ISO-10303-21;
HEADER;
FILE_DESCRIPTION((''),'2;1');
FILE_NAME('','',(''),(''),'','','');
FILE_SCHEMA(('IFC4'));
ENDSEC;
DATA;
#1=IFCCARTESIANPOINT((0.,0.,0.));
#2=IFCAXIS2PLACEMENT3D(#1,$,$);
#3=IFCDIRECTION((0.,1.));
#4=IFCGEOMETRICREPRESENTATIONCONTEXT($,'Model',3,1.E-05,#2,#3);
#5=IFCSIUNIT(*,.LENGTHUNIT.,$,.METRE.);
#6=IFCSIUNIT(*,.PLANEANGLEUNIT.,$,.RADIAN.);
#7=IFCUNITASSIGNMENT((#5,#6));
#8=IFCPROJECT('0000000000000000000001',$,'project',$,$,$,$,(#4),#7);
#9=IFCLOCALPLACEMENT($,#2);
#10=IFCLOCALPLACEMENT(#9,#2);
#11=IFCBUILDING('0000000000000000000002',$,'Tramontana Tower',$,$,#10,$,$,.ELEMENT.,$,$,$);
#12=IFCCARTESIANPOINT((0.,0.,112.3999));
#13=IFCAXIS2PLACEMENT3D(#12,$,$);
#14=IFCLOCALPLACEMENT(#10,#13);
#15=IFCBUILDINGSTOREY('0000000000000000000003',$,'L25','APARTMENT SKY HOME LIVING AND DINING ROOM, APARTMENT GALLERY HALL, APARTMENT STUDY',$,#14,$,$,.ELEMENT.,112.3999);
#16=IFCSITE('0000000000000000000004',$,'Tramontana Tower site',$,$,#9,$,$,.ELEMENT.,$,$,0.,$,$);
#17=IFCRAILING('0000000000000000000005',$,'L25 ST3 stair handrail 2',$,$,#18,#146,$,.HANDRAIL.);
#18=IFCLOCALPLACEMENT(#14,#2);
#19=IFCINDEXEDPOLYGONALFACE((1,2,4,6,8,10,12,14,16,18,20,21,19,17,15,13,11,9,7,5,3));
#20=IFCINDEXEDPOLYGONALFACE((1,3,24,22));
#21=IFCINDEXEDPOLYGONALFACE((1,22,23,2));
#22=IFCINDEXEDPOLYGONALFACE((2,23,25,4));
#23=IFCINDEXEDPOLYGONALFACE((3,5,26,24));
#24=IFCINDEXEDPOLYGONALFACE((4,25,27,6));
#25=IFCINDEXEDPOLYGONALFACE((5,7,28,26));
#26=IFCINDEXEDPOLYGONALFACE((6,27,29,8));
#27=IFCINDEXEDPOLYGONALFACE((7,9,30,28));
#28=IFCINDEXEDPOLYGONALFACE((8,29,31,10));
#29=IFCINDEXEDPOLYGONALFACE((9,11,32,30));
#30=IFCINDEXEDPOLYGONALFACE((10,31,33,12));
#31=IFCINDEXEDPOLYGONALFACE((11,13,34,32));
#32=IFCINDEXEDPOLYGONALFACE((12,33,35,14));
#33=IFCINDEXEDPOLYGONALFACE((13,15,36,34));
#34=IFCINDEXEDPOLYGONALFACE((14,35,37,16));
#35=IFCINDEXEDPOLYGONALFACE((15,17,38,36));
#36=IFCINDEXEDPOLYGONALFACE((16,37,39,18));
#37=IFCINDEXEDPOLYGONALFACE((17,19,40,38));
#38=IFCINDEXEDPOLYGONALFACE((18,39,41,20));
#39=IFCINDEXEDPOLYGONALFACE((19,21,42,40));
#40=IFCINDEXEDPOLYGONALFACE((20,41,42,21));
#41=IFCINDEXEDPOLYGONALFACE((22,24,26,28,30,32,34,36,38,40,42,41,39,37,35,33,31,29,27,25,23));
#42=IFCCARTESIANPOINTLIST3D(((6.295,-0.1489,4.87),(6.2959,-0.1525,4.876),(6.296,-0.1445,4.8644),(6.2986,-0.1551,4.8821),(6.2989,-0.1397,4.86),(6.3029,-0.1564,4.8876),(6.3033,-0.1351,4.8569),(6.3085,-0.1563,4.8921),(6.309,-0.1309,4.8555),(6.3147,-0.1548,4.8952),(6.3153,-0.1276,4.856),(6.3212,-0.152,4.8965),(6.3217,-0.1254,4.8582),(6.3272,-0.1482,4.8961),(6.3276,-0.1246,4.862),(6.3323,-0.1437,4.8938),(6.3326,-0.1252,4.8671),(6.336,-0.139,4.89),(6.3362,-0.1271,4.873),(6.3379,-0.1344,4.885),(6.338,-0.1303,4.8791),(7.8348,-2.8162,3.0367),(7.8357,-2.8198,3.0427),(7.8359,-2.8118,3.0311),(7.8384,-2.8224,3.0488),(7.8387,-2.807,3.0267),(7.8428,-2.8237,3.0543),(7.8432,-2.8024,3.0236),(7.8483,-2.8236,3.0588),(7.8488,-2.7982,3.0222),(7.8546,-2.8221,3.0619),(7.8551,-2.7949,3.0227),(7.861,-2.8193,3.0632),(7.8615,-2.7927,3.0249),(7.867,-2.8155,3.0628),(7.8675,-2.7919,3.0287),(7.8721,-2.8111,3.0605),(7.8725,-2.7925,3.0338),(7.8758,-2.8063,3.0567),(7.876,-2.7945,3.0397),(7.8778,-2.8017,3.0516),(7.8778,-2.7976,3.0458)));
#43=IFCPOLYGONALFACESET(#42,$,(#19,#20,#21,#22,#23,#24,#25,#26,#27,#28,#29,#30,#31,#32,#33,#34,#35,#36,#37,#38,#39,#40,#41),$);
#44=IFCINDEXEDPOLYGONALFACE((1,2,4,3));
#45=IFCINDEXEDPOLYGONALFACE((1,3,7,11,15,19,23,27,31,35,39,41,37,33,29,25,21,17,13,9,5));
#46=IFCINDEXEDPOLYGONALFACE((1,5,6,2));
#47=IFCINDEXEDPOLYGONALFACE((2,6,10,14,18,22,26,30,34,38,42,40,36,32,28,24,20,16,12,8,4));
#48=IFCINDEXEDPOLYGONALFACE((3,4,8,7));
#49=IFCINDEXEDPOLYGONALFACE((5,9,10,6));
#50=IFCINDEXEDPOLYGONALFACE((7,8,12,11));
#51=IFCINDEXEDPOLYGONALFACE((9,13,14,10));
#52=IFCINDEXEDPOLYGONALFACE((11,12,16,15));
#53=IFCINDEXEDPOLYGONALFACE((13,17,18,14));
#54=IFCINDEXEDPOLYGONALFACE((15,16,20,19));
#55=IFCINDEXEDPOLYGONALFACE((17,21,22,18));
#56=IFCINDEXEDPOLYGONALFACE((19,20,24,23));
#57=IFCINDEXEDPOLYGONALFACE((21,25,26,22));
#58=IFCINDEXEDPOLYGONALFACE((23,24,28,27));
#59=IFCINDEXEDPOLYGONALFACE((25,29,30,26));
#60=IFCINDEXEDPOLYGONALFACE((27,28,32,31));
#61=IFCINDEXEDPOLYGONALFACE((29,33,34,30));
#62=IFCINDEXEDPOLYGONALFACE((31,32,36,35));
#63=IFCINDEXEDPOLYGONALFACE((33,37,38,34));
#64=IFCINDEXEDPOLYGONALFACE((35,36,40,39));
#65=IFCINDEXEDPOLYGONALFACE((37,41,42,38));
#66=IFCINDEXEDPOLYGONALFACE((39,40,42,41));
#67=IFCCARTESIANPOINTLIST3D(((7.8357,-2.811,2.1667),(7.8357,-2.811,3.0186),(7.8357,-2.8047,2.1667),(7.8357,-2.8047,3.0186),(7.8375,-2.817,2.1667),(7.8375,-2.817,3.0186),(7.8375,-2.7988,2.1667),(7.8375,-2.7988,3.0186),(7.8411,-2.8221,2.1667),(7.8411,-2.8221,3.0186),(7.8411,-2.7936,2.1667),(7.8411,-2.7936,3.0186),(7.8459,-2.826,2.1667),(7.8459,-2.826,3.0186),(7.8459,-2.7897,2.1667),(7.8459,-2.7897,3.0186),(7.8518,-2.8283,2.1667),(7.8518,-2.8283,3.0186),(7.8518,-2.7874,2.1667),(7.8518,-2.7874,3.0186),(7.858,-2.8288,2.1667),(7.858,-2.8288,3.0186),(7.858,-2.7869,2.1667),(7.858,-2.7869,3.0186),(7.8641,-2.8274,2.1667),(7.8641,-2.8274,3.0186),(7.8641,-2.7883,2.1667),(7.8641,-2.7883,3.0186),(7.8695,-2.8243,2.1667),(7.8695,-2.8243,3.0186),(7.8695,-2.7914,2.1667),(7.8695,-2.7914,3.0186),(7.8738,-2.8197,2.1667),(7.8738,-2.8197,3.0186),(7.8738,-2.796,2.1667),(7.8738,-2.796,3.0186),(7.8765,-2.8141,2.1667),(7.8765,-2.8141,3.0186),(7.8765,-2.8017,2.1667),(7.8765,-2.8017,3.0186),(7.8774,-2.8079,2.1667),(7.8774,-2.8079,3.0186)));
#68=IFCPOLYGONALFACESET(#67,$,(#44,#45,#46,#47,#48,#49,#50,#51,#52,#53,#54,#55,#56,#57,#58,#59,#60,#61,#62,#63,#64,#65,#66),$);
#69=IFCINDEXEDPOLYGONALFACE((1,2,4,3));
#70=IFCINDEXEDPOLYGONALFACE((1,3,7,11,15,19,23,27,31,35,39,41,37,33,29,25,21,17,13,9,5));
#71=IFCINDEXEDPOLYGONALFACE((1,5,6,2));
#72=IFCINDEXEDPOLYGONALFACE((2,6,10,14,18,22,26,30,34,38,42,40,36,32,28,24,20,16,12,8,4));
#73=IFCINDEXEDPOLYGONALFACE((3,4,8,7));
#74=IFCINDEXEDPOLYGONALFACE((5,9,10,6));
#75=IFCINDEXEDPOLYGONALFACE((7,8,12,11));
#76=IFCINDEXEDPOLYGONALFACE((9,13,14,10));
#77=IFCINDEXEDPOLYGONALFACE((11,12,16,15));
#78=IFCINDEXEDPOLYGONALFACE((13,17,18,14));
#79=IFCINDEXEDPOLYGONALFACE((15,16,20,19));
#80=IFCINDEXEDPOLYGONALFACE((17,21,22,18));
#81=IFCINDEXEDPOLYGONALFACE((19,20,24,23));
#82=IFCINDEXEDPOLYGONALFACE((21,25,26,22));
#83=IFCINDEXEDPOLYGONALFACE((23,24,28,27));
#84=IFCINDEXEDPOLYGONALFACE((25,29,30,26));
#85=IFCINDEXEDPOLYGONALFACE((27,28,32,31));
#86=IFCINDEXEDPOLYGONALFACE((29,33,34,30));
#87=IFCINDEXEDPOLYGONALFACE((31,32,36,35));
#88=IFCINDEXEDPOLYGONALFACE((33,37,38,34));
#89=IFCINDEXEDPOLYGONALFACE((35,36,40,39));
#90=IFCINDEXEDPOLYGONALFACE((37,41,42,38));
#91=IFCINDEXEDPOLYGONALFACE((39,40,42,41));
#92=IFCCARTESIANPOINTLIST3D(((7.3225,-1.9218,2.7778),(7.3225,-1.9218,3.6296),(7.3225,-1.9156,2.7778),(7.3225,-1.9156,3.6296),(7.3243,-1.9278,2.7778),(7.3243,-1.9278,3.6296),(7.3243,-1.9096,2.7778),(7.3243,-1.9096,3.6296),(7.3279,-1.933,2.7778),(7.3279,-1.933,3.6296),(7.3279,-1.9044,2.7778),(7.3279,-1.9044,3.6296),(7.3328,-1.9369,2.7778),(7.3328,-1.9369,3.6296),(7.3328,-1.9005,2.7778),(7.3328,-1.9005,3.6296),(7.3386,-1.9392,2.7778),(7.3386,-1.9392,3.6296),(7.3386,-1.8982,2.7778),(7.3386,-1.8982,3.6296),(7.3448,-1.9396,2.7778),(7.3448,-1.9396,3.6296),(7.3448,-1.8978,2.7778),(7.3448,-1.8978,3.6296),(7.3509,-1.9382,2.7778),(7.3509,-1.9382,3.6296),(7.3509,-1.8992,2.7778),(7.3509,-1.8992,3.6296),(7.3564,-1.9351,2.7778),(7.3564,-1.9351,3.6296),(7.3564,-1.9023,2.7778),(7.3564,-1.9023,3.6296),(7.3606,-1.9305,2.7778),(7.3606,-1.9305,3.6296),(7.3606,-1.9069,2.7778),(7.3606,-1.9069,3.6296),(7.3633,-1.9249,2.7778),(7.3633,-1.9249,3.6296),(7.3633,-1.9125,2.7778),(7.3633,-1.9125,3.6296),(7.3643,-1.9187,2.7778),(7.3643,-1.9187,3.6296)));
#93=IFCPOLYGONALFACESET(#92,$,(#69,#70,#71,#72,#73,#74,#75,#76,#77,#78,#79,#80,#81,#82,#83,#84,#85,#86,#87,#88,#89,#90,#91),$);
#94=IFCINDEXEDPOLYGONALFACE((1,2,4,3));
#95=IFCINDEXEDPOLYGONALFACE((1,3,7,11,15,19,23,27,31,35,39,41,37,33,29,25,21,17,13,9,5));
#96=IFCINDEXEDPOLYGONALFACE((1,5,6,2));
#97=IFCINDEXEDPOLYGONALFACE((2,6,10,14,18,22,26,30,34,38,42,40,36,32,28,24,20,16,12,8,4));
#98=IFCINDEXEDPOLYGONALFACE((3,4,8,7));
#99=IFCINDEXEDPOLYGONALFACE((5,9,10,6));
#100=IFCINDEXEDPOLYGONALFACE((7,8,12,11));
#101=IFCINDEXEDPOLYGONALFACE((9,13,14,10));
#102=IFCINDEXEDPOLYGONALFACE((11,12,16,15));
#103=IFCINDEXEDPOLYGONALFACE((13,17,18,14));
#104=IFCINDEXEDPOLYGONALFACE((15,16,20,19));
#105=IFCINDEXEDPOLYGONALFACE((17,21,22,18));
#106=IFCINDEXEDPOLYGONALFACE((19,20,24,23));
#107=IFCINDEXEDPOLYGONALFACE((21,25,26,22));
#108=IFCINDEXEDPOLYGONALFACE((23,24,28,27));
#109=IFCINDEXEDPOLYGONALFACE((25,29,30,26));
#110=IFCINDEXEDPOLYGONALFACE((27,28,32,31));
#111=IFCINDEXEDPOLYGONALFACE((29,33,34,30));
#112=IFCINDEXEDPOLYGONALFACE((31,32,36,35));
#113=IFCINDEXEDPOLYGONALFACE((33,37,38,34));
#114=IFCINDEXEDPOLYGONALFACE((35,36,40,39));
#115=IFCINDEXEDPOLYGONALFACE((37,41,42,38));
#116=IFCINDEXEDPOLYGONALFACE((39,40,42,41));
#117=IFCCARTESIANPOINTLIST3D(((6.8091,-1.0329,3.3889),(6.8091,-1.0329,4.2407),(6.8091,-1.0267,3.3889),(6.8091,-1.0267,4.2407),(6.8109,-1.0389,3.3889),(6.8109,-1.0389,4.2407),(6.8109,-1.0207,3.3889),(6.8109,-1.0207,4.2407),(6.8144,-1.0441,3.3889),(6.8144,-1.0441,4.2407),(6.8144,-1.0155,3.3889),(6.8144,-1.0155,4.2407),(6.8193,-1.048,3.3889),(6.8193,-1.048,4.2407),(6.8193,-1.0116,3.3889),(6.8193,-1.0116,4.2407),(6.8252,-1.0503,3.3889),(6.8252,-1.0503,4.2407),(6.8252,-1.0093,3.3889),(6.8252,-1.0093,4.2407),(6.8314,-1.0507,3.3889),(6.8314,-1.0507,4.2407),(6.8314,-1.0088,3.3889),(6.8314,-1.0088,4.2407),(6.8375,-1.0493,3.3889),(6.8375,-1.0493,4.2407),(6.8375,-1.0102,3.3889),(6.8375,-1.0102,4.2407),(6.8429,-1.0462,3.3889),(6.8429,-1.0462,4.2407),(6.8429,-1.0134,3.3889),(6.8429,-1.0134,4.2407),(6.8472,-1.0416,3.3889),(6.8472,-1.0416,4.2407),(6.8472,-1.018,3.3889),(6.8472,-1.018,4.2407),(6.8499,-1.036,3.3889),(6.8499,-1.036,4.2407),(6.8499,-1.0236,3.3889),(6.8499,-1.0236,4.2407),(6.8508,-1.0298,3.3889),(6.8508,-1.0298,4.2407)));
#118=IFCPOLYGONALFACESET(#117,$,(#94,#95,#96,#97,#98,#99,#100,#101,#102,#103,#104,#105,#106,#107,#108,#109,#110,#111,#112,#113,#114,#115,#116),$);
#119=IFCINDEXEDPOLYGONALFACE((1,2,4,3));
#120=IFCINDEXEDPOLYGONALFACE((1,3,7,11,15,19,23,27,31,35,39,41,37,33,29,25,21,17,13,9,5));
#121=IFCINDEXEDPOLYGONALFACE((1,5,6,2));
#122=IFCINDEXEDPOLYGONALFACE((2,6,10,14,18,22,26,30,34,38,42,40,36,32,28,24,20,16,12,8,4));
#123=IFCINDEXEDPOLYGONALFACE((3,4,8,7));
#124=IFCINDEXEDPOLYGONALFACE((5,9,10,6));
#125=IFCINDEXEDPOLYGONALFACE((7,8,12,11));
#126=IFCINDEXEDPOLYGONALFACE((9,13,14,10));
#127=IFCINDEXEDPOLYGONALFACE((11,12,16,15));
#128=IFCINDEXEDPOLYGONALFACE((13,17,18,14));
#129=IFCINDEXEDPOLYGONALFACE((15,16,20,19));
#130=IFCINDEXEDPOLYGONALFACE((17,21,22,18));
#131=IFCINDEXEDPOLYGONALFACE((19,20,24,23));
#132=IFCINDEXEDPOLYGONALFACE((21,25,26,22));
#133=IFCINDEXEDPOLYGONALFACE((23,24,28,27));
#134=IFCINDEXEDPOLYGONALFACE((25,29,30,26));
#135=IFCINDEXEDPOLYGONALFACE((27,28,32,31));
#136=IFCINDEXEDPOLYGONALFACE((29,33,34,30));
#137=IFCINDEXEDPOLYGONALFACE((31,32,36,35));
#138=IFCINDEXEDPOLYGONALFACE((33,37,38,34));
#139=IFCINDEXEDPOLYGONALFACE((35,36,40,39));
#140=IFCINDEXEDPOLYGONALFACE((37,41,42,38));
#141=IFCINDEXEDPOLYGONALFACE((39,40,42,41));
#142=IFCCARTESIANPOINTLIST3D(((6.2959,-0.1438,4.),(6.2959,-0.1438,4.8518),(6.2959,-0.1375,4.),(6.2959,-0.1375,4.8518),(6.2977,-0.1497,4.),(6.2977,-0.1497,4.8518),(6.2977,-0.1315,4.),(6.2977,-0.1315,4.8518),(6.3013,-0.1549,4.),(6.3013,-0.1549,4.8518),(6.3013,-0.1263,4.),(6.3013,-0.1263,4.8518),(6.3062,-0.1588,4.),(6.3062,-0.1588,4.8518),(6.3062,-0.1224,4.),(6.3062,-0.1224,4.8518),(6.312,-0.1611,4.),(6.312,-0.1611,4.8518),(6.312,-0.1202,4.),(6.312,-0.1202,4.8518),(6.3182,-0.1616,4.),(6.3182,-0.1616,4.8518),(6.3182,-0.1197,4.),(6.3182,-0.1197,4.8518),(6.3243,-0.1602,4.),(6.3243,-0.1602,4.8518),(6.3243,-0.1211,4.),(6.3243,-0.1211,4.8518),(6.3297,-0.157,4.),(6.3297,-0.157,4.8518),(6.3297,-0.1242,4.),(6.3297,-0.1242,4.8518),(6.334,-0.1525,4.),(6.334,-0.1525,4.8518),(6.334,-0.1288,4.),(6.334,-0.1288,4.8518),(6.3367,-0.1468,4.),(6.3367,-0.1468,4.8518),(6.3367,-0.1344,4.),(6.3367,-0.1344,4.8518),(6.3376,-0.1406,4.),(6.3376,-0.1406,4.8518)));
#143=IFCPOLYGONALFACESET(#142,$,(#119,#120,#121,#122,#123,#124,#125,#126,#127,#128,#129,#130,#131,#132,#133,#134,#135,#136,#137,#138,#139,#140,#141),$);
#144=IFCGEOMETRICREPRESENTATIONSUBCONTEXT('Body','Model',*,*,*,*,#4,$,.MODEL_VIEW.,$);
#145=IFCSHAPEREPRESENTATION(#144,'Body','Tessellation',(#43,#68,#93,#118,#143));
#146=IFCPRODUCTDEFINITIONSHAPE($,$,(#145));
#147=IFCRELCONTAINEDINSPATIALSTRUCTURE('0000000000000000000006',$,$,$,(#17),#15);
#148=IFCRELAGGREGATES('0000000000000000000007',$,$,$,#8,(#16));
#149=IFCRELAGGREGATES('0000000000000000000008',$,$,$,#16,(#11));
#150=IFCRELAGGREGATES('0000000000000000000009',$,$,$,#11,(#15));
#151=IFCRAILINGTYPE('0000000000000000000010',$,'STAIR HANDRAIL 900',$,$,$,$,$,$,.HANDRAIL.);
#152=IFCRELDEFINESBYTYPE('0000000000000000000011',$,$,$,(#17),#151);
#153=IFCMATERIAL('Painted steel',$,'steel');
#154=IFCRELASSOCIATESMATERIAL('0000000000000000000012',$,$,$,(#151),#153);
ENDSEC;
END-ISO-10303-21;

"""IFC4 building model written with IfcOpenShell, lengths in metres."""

from ifc_helpers import new_model, si_unit, direction, frame, origin, origin_2d, place, context, subcontext, project, spatial, circle, extrude, material, type_object, element, save


model = new_model("IFC4")

# Units and contexts
model_context = context("Model", 3, precision=1e-05, world=origin(), true_north=direction((0.0, 1.0)))
body_context = subcontext(model_context, "Body", "Model", "MODEL_VIEW")
ifc_project = project(units=[si_unit("LENGTHUNIT", "METRE"), si_unit("PLANEANGLEUNIT", "RADIAN")], contexts=[model_context])

# Site, building, storey
site_placement = place(None, origin())
site = spatial("IfcSite", under=ifc_project, at=site_placement, Name="Tramontana Tower site", CompositionType="ELEMENT", RefElevation=0.0)
building_placement = place(site_placement, origin())
building = spatial("IfcBuilding", under=site, at=building_placement, Name="Tramontana Tower", CompositionType="ELEMENT")
storey_placement = place(building_placement, frame((0.0, 0.0, 112.3999)))
storey = spatial("IfcBuildingStorey", under=building, at=storey_placement, Name="L25", Description="APARTMENT SKY HOME LIVING AND DINING ROOM, APARTMENT GALLERY HALL, APARTMENT STUDY", CompositionType="ELEMENT", Elevation=112.3999)

# Railing
ifc_material_1 = material(Name="Painted steel", Category="steel")
railing_type_1 = type_object("IfcRailingType", Name="STAIR HANDRAIL 900", PredefinedType="HANDRAIL", material=ifc_material_1)
railing_1_placement = place(storey_placement, frame((7.8564, -2.8079, 2.1667)))
element("IfcRailing", 1, at=railing_1_placement, inside=storey, type_object=railing_type_1, Name="L25 ST3 stair handrail 2", PredefinedType="HANDRAIL", context=body_context, shape_type="SweptSolid", body=[
    extrude(circle(Radius=0.0239, at=origin_2d()), frame((0.0, 0.0, 0.876), z_axis=(-0.429616, 0.744181, 0.511493), x_axis=(-0.866044, -0.499967, 0.0)), (0.0, 0.0, 1.0), 3.5842),
    extrude(circle(Radius=0.021, at=origin_2d()), origin(), (0.0, 0.0, 1.0), 0.8518),
    extrude(circle(Radius=0.021, at=origin_2d()), frame((-0.5132, 0.8892, 0.6111)), (0.0, 0.0, 1.0), 0.8518),
    extrude(circle(Radius=0.021, at=origin_2d()), frame((-1.0266, 1.7781, 1.2222)), (0.0, 0.0, 1.0), 0.8518),
    extrude(circle(Radius=0.021, at=origin_2d()), frame((-1.5398, 2.6672, 1.8333)), (0.0, 0.0, 1.0), 0.8518),
])

save(model, "model.ifc")
